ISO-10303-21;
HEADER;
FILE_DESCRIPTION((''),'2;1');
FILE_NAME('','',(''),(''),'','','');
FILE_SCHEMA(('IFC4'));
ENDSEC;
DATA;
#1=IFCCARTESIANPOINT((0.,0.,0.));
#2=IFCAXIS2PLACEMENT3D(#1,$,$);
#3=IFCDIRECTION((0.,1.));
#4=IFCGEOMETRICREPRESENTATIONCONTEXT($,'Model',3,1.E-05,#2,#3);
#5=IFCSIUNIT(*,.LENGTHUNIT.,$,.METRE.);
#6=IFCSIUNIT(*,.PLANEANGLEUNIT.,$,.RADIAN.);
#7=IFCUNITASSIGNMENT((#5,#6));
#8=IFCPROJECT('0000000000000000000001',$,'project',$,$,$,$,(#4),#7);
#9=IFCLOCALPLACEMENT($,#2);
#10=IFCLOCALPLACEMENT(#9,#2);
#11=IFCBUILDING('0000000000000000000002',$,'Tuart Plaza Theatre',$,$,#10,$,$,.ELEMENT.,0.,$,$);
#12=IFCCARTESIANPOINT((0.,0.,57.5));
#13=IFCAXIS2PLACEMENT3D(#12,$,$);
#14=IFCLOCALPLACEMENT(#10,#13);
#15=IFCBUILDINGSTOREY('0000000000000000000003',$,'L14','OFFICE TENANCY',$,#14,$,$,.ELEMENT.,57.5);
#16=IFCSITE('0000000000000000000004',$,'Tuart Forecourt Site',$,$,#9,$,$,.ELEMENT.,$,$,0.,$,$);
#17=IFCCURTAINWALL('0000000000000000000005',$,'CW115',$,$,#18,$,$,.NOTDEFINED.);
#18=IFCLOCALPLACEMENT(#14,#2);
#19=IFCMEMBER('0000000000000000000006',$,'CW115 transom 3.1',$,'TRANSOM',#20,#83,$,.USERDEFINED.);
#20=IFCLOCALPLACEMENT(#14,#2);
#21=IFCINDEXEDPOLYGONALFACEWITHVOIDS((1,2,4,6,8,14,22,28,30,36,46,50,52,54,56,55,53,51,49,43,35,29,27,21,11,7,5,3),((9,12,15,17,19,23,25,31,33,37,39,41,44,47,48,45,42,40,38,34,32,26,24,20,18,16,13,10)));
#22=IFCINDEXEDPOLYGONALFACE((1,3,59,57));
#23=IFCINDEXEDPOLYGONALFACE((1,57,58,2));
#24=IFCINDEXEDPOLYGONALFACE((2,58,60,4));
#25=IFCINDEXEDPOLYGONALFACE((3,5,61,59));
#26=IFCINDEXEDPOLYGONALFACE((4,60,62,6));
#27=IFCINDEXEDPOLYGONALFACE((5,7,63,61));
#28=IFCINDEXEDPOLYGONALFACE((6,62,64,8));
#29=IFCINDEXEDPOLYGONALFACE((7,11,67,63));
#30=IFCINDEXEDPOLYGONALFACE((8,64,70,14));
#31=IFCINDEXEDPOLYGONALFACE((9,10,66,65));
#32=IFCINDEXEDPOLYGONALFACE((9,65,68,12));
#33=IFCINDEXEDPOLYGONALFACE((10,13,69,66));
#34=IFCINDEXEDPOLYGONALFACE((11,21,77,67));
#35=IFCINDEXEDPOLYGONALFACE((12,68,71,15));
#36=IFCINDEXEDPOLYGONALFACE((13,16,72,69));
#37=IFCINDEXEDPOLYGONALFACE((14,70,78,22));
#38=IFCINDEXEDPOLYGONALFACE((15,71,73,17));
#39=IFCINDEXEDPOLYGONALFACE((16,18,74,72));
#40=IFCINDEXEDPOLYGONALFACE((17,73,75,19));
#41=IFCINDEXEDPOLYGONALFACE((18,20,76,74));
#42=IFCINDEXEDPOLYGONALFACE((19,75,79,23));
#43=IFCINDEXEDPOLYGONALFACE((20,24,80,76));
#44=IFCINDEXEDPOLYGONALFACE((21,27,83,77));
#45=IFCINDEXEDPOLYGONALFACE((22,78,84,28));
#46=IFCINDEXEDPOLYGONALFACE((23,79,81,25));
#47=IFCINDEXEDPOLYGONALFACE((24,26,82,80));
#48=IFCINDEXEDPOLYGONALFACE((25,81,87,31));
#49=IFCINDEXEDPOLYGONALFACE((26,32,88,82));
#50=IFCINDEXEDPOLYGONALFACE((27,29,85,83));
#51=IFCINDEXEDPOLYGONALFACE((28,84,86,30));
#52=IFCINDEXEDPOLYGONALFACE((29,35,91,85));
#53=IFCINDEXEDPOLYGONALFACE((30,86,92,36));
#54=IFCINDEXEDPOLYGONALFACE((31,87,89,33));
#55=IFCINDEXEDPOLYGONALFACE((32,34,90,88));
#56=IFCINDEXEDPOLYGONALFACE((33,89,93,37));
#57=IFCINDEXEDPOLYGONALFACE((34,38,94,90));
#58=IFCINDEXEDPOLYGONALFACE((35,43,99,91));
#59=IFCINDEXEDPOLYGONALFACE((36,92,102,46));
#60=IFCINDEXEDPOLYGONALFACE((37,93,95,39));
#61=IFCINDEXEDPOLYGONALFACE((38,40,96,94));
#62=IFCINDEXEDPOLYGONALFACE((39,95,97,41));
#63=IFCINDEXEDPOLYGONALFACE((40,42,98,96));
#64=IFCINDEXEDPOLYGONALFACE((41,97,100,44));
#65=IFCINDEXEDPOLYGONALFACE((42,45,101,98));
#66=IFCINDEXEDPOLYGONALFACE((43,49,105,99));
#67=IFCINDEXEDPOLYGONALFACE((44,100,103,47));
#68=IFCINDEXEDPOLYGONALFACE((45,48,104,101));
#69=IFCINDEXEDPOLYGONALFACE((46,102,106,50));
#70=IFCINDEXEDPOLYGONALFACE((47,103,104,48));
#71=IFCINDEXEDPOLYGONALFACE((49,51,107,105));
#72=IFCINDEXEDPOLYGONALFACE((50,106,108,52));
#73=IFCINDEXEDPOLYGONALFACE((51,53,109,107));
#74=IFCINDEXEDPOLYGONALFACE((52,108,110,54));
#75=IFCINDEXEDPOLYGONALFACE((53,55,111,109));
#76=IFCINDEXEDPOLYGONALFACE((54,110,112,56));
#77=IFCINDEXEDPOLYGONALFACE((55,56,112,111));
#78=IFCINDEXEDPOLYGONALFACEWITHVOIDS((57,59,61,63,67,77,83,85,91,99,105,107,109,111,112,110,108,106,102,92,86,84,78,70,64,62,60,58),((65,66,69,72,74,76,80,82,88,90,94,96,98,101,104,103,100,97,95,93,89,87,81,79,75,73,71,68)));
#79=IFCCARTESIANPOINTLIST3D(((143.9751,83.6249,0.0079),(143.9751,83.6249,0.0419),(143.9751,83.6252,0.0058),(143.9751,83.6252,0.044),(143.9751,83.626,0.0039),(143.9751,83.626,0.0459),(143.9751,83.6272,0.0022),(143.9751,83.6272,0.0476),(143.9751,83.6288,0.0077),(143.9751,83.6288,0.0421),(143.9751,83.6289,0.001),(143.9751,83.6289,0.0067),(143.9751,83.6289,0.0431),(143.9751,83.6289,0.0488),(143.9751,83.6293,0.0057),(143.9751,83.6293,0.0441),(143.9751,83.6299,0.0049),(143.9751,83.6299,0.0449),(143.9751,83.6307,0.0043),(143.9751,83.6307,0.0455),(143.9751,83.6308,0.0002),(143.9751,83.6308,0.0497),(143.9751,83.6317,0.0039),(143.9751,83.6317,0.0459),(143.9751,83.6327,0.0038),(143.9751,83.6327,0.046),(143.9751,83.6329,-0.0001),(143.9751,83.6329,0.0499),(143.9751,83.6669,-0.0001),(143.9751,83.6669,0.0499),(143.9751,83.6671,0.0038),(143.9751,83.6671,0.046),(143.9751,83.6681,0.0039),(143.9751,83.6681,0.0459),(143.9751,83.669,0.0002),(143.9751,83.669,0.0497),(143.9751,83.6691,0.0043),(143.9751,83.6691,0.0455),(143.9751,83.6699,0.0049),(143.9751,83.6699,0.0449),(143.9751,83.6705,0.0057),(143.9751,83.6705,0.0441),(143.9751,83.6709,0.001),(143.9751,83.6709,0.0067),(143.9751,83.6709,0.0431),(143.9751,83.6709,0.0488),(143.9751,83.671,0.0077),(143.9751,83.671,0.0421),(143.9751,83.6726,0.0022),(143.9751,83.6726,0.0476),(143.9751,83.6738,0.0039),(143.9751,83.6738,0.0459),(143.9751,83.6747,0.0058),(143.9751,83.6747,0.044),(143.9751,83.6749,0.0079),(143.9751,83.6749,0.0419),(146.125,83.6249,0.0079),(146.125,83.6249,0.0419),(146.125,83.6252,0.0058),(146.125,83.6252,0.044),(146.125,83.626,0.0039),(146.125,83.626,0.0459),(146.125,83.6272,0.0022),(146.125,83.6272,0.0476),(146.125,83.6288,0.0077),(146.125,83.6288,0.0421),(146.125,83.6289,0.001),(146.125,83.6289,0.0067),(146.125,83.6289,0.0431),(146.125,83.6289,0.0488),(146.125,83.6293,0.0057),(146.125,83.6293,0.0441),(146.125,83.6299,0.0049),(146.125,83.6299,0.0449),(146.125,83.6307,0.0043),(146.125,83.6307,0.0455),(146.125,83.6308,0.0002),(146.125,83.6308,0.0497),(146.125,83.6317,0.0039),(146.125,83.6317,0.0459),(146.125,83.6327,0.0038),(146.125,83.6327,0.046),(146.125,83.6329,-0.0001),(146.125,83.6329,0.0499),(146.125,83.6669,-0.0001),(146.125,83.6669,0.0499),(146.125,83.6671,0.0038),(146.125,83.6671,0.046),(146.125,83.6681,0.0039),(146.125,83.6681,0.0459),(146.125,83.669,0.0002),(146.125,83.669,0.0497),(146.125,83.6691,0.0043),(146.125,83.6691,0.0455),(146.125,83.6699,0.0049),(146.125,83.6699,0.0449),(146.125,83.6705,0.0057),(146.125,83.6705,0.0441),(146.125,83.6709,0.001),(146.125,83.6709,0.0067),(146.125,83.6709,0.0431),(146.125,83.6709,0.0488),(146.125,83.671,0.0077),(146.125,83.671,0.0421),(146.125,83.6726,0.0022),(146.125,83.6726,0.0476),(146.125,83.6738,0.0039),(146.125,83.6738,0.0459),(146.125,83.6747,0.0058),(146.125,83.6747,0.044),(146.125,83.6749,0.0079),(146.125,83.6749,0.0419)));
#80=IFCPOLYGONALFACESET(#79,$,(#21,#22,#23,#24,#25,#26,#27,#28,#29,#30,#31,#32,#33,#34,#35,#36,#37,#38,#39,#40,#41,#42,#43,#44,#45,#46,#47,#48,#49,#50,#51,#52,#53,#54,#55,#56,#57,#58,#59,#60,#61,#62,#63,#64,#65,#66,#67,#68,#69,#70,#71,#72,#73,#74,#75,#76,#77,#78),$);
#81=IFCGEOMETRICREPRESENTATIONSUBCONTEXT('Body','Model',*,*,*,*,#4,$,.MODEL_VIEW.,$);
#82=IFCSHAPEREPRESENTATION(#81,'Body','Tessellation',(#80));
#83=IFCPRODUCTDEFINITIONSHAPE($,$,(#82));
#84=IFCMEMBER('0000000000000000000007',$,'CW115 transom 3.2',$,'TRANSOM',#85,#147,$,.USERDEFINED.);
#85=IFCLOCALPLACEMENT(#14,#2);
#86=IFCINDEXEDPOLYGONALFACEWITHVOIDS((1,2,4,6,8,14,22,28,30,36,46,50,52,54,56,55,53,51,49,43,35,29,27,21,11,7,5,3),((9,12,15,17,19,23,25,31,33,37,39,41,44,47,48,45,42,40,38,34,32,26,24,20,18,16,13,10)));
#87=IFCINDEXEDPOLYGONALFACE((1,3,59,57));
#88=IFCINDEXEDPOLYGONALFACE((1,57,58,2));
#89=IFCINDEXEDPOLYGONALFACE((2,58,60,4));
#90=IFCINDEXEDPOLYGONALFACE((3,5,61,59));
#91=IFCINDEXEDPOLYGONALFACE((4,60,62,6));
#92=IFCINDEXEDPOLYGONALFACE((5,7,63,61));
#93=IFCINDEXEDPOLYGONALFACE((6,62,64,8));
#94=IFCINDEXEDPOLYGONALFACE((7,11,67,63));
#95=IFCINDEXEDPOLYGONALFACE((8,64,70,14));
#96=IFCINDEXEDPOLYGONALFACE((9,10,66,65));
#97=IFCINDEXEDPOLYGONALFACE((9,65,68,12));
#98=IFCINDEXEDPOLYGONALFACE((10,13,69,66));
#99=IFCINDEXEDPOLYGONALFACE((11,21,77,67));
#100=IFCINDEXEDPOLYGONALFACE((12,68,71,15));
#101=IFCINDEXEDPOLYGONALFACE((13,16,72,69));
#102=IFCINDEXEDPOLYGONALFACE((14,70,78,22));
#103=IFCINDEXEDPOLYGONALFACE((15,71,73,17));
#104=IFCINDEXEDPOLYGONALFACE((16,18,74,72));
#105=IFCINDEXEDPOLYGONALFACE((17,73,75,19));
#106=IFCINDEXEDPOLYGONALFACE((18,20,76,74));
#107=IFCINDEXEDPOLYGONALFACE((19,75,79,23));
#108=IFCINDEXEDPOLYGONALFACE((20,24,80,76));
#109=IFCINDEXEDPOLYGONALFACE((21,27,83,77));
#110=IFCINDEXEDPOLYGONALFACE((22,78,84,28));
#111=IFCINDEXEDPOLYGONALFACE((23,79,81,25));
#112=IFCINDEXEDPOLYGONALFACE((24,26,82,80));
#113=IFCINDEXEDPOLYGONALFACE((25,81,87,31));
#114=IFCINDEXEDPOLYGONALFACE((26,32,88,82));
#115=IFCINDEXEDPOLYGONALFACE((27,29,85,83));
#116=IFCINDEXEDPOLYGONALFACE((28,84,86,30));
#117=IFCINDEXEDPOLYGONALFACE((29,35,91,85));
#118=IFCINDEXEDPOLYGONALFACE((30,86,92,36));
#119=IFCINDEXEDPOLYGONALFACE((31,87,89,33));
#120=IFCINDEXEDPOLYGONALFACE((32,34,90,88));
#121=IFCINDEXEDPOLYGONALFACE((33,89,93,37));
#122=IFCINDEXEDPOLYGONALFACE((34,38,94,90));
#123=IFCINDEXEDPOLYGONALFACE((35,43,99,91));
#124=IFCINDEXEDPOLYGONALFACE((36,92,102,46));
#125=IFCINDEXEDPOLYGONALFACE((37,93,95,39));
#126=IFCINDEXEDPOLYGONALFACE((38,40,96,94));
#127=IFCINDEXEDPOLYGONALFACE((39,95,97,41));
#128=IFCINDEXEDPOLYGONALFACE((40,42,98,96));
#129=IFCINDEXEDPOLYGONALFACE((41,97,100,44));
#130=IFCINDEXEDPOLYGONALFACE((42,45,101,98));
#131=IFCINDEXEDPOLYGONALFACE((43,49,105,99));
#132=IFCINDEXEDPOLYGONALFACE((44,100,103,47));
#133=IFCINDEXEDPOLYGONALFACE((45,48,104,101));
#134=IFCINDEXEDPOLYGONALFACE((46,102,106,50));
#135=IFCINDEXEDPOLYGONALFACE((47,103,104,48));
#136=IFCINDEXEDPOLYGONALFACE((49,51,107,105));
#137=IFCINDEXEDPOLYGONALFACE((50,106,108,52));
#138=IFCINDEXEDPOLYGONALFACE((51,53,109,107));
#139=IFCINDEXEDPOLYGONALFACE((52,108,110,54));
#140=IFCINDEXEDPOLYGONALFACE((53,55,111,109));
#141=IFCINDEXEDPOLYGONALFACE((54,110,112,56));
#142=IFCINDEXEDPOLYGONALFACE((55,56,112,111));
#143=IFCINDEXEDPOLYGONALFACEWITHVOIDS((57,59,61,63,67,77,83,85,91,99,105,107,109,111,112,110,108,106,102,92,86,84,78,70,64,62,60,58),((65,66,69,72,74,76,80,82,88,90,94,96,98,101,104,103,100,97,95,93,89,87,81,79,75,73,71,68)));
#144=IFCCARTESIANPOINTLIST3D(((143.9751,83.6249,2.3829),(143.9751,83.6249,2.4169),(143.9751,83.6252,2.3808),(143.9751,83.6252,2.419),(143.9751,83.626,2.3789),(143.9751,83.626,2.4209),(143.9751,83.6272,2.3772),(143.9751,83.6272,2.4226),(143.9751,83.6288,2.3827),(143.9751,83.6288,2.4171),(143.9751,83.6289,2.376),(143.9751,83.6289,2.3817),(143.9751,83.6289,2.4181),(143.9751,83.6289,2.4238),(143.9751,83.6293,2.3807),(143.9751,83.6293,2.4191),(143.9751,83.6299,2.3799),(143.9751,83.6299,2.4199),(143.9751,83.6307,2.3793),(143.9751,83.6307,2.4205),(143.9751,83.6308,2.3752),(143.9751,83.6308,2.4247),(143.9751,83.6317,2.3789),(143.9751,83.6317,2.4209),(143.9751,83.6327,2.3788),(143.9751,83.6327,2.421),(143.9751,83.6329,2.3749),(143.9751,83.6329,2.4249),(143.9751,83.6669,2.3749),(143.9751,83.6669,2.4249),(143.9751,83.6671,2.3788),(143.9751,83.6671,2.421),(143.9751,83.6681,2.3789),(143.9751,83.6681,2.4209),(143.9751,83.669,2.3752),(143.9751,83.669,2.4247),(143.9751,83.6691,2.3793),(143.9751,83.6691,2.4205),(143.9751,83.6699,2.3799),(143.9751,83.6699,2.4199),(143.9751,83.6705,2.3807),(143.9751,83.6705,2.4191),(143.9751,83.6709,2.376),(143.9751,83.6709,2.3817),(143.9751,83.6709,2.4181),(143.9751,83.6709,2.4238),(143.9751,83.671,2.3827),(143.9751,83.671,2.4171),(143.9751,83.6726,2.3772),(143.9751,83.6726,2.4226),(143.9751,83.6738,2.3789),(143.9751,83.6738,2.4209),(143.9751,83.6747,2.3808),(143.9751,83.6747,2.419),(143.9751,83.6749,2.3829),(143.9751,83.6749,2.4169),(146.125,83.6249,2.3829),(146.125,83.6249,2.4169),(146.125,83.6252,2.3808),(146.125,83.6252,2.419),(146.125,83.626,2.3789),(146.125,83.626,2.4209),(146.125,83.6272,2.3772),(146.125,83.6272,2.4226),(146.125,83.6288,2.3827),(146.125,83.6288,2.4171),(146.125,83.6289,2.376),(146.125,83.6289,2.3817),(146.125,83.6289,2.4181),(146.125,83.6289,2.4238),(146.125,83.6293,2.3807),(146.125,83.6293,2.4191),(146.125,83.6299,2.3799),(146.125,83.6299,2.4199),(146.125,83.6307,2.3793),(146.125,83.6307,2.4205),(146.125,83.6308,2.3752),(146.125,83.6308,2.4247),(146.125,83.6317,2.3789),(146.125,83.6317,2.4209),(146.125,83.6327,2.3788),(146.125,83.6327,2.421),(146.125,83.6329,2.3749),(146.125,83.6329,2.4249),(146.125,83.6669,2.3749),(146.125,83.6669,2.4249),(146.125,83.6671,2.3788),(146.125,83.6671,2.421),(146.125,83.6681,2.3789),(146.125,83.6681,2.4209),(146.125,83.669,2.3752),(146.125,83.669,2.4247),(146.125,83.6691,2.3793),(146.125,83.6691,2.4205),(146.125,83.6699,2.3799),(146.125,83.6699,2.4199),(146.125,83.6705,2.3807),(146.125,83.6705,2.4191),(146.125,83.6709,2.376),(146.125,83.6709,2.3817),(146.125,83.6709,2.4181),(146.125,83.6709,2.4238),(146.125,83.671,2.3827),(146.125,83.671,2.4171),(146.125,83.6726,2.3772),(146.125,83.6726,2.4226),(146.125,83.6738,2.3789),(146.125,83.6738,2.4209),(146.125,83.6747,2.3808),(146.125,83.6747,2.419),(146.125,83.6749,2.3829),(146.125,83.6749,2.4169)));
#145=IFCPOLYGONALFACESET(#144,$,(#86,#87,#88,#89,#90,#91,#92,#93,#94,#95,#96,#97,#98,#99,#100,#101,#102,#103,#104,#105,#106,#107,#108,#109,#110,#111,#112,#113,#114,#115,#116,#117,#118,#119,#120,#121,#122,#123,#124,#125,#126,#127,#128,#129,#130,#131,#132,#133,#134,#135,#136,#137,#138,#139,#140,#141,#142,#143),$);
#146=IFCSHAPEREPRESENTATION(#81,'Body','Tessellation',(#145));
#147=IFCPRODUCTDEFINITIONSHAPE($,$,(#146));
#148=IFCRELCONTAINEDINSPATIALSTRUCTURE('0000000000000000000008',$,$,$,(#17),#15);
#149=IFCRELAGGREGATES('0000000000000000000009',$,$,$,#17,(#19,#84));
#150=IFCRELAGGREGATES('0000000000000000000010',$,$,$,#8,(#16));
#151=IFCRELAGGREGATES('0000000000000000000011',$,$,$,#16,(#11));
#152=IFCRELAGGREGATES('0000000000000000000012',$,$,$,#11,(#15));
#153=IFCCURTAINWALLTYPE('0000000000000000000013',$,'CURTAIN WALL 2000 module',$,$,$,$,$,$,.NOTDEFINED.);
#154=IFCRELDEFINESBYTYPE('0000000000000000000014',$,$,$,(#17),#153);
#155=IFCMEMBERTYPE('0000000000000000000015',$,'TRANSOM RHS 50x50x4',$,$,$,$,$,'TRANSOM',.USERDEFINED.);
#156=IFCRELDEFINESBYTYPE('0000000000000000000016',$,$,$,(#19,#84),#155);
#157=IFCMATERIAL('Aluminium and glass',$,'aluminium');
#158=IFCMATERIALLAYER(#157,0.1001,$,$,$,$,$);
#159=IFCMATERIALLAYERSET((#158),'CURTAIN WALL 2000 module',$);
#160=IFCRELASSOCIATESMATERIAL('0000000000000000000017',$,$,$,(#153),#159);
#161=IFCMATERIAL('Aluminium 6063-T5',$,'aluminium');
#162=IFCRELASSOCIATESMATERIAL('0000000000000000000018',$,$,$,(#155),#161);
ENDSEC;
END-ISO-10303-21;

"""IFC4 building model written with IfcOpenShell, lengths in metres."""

from ifc_helpers import new_model, si_unit, direction, frame, origin, origin_2d, place, context, subcontext, project, spatial, hollow_rectangle, extrude, material, layer, layer_set, material_profile, profile_set, type_object, element, aggregate, save


model = new_model("IFC4")

# Units and contexts
model_context = context("Model", 3, precision=1e-05, world=origin(), true_north=direction((0.0, 1.0)))
body_context = subcontext(model_context, "Body", "Model", "MODEL_VIEW")
ifc_project = project(units=[si_unit("LENGTHUNIT", "METRE"), si_unit("PLANEANGLEUNIT", "RADIAN")], contexts=[model_context])

# Site, building, storey
site_placement = place(None, origin())
site = spatial("IfcSite", under=ifc_project, at=site_placement, Name="Tuart Forecourt Site", CompositionType="ELEMENT", RefElevation=0.0)
building_placement = place(site_placement, origin())
building = spatial("IfcBuilding", under=site, at=building_placement, Name="Tuart Plaza Theatre", CompositionType="ELEMENT", ElevationOfRefHeight=0.0)
storey_placement = place(building_placement, frame((0.0, 0.0, 57.5)))
storey = spatial("IfcBuildingStorey", under=building, at=storey_placement, Name="L14", Description="OFFICE TENANCY", CompositionType="ELEMENT", Elevation=57.5)

# Curtain wall
ifc_material_1 = material(Name="Aluminium and glass", Category="aluminium")
ifc_layer_1 = layer(ifc_material_1, 0.1001)
ifc_layer_set_1 = layer_set([ifc_layer_1], Name="CURTAIN WALL 2000 module")
curtain_wall_type = type_object("IfcCurtainWallType", Name="CURTAIN WALL 2000 module", PredefinedType="NOTDEFINED", material=ifc_layer_set_1)
curtain_wall_1_placement = place(storey_placement, origin())
curtain_wall_1 = element("IfcCurtainWall", 1, at=curtain_wall_1_placement, inside=storey, type_object=curtain_wall_type, Name="CW115", PredefinedType="NOTDEFINED")

# Members
ifc_material_2 = material(Name="Aluminium 6063-T5", Category="aluminium")
ifc_material_profile_1 = material_profile(ifc_material_2, hollow_rectangle(XDim=0.05, YDim=0.05, WallThickness=0.0039, InnerFilletRadius=0.0039, OuterFilletRadius=0.0081, at=origin_2d()), Name="RHS 50x50x4")
ifc_profile_set_1 = profile_set([ifc_material_profile_1], Name="Aluminium 6063-T5")
member_type_1 = type_object("IfcMemberType", Name="TRANSOM RHS 50x50x4", ElementType="TRANSOM", PredefinedType="USERDEFINED", material=ifc_profile_set_1)
member_1_placement = place(storey_placement, frame((146.125, 83.6499, 0.0249), z_axis=(-1.0, 0.0, 0.0), x_axis=(0.0, -1.0, 0.0)))
member_1 = element("IfcMember", 2, at=member_1_placement, type_object=member_type_1, Name="CW115 transom 3.1", ObjectType="TRANSOM", PredefinedType="USERDEFINED", context=body_context, shape_type="SweptSolid", body=[
    extrude(hollow_rectangle(XDim=0.05, YDim=0.05, WallThickness=0.0039, InnerFilletRadius=0.0039, OuterFilletRadius=0.0081, at=origin_2d()), origin(), (0.0, 0.0, 1.0), 2.1499),
])
member_2_placement = place(storey_placement, frame((146.125, 83.6499, 2.3999), z_axis=(-1.0, 0.0, 0.0), x_axis=(0.0, -1.0, 0.0)))
member_2 = element("IfcMember", 3, at=member_2_placement, type_object=member_type_1, Name="CW115 transom 3.2", ObjectType="TRANSOM", PredefinedType="USERDEFINED", context=body_context, shape_type="SweptSolid", body=[
    extrude(hollow_rectangle(XDim=0.05, YDim=0.05, WallThickness=0.0039, InnerFilletRadius=0.0039, OuterFilletRadius=0.0081, at=origin_2d()), origin(), (0.0, 0.0, 1.0), 2.1499),
])

aggregate(curtain_wall_1, [member_1, member_2])

save(model, "model.ifc")
